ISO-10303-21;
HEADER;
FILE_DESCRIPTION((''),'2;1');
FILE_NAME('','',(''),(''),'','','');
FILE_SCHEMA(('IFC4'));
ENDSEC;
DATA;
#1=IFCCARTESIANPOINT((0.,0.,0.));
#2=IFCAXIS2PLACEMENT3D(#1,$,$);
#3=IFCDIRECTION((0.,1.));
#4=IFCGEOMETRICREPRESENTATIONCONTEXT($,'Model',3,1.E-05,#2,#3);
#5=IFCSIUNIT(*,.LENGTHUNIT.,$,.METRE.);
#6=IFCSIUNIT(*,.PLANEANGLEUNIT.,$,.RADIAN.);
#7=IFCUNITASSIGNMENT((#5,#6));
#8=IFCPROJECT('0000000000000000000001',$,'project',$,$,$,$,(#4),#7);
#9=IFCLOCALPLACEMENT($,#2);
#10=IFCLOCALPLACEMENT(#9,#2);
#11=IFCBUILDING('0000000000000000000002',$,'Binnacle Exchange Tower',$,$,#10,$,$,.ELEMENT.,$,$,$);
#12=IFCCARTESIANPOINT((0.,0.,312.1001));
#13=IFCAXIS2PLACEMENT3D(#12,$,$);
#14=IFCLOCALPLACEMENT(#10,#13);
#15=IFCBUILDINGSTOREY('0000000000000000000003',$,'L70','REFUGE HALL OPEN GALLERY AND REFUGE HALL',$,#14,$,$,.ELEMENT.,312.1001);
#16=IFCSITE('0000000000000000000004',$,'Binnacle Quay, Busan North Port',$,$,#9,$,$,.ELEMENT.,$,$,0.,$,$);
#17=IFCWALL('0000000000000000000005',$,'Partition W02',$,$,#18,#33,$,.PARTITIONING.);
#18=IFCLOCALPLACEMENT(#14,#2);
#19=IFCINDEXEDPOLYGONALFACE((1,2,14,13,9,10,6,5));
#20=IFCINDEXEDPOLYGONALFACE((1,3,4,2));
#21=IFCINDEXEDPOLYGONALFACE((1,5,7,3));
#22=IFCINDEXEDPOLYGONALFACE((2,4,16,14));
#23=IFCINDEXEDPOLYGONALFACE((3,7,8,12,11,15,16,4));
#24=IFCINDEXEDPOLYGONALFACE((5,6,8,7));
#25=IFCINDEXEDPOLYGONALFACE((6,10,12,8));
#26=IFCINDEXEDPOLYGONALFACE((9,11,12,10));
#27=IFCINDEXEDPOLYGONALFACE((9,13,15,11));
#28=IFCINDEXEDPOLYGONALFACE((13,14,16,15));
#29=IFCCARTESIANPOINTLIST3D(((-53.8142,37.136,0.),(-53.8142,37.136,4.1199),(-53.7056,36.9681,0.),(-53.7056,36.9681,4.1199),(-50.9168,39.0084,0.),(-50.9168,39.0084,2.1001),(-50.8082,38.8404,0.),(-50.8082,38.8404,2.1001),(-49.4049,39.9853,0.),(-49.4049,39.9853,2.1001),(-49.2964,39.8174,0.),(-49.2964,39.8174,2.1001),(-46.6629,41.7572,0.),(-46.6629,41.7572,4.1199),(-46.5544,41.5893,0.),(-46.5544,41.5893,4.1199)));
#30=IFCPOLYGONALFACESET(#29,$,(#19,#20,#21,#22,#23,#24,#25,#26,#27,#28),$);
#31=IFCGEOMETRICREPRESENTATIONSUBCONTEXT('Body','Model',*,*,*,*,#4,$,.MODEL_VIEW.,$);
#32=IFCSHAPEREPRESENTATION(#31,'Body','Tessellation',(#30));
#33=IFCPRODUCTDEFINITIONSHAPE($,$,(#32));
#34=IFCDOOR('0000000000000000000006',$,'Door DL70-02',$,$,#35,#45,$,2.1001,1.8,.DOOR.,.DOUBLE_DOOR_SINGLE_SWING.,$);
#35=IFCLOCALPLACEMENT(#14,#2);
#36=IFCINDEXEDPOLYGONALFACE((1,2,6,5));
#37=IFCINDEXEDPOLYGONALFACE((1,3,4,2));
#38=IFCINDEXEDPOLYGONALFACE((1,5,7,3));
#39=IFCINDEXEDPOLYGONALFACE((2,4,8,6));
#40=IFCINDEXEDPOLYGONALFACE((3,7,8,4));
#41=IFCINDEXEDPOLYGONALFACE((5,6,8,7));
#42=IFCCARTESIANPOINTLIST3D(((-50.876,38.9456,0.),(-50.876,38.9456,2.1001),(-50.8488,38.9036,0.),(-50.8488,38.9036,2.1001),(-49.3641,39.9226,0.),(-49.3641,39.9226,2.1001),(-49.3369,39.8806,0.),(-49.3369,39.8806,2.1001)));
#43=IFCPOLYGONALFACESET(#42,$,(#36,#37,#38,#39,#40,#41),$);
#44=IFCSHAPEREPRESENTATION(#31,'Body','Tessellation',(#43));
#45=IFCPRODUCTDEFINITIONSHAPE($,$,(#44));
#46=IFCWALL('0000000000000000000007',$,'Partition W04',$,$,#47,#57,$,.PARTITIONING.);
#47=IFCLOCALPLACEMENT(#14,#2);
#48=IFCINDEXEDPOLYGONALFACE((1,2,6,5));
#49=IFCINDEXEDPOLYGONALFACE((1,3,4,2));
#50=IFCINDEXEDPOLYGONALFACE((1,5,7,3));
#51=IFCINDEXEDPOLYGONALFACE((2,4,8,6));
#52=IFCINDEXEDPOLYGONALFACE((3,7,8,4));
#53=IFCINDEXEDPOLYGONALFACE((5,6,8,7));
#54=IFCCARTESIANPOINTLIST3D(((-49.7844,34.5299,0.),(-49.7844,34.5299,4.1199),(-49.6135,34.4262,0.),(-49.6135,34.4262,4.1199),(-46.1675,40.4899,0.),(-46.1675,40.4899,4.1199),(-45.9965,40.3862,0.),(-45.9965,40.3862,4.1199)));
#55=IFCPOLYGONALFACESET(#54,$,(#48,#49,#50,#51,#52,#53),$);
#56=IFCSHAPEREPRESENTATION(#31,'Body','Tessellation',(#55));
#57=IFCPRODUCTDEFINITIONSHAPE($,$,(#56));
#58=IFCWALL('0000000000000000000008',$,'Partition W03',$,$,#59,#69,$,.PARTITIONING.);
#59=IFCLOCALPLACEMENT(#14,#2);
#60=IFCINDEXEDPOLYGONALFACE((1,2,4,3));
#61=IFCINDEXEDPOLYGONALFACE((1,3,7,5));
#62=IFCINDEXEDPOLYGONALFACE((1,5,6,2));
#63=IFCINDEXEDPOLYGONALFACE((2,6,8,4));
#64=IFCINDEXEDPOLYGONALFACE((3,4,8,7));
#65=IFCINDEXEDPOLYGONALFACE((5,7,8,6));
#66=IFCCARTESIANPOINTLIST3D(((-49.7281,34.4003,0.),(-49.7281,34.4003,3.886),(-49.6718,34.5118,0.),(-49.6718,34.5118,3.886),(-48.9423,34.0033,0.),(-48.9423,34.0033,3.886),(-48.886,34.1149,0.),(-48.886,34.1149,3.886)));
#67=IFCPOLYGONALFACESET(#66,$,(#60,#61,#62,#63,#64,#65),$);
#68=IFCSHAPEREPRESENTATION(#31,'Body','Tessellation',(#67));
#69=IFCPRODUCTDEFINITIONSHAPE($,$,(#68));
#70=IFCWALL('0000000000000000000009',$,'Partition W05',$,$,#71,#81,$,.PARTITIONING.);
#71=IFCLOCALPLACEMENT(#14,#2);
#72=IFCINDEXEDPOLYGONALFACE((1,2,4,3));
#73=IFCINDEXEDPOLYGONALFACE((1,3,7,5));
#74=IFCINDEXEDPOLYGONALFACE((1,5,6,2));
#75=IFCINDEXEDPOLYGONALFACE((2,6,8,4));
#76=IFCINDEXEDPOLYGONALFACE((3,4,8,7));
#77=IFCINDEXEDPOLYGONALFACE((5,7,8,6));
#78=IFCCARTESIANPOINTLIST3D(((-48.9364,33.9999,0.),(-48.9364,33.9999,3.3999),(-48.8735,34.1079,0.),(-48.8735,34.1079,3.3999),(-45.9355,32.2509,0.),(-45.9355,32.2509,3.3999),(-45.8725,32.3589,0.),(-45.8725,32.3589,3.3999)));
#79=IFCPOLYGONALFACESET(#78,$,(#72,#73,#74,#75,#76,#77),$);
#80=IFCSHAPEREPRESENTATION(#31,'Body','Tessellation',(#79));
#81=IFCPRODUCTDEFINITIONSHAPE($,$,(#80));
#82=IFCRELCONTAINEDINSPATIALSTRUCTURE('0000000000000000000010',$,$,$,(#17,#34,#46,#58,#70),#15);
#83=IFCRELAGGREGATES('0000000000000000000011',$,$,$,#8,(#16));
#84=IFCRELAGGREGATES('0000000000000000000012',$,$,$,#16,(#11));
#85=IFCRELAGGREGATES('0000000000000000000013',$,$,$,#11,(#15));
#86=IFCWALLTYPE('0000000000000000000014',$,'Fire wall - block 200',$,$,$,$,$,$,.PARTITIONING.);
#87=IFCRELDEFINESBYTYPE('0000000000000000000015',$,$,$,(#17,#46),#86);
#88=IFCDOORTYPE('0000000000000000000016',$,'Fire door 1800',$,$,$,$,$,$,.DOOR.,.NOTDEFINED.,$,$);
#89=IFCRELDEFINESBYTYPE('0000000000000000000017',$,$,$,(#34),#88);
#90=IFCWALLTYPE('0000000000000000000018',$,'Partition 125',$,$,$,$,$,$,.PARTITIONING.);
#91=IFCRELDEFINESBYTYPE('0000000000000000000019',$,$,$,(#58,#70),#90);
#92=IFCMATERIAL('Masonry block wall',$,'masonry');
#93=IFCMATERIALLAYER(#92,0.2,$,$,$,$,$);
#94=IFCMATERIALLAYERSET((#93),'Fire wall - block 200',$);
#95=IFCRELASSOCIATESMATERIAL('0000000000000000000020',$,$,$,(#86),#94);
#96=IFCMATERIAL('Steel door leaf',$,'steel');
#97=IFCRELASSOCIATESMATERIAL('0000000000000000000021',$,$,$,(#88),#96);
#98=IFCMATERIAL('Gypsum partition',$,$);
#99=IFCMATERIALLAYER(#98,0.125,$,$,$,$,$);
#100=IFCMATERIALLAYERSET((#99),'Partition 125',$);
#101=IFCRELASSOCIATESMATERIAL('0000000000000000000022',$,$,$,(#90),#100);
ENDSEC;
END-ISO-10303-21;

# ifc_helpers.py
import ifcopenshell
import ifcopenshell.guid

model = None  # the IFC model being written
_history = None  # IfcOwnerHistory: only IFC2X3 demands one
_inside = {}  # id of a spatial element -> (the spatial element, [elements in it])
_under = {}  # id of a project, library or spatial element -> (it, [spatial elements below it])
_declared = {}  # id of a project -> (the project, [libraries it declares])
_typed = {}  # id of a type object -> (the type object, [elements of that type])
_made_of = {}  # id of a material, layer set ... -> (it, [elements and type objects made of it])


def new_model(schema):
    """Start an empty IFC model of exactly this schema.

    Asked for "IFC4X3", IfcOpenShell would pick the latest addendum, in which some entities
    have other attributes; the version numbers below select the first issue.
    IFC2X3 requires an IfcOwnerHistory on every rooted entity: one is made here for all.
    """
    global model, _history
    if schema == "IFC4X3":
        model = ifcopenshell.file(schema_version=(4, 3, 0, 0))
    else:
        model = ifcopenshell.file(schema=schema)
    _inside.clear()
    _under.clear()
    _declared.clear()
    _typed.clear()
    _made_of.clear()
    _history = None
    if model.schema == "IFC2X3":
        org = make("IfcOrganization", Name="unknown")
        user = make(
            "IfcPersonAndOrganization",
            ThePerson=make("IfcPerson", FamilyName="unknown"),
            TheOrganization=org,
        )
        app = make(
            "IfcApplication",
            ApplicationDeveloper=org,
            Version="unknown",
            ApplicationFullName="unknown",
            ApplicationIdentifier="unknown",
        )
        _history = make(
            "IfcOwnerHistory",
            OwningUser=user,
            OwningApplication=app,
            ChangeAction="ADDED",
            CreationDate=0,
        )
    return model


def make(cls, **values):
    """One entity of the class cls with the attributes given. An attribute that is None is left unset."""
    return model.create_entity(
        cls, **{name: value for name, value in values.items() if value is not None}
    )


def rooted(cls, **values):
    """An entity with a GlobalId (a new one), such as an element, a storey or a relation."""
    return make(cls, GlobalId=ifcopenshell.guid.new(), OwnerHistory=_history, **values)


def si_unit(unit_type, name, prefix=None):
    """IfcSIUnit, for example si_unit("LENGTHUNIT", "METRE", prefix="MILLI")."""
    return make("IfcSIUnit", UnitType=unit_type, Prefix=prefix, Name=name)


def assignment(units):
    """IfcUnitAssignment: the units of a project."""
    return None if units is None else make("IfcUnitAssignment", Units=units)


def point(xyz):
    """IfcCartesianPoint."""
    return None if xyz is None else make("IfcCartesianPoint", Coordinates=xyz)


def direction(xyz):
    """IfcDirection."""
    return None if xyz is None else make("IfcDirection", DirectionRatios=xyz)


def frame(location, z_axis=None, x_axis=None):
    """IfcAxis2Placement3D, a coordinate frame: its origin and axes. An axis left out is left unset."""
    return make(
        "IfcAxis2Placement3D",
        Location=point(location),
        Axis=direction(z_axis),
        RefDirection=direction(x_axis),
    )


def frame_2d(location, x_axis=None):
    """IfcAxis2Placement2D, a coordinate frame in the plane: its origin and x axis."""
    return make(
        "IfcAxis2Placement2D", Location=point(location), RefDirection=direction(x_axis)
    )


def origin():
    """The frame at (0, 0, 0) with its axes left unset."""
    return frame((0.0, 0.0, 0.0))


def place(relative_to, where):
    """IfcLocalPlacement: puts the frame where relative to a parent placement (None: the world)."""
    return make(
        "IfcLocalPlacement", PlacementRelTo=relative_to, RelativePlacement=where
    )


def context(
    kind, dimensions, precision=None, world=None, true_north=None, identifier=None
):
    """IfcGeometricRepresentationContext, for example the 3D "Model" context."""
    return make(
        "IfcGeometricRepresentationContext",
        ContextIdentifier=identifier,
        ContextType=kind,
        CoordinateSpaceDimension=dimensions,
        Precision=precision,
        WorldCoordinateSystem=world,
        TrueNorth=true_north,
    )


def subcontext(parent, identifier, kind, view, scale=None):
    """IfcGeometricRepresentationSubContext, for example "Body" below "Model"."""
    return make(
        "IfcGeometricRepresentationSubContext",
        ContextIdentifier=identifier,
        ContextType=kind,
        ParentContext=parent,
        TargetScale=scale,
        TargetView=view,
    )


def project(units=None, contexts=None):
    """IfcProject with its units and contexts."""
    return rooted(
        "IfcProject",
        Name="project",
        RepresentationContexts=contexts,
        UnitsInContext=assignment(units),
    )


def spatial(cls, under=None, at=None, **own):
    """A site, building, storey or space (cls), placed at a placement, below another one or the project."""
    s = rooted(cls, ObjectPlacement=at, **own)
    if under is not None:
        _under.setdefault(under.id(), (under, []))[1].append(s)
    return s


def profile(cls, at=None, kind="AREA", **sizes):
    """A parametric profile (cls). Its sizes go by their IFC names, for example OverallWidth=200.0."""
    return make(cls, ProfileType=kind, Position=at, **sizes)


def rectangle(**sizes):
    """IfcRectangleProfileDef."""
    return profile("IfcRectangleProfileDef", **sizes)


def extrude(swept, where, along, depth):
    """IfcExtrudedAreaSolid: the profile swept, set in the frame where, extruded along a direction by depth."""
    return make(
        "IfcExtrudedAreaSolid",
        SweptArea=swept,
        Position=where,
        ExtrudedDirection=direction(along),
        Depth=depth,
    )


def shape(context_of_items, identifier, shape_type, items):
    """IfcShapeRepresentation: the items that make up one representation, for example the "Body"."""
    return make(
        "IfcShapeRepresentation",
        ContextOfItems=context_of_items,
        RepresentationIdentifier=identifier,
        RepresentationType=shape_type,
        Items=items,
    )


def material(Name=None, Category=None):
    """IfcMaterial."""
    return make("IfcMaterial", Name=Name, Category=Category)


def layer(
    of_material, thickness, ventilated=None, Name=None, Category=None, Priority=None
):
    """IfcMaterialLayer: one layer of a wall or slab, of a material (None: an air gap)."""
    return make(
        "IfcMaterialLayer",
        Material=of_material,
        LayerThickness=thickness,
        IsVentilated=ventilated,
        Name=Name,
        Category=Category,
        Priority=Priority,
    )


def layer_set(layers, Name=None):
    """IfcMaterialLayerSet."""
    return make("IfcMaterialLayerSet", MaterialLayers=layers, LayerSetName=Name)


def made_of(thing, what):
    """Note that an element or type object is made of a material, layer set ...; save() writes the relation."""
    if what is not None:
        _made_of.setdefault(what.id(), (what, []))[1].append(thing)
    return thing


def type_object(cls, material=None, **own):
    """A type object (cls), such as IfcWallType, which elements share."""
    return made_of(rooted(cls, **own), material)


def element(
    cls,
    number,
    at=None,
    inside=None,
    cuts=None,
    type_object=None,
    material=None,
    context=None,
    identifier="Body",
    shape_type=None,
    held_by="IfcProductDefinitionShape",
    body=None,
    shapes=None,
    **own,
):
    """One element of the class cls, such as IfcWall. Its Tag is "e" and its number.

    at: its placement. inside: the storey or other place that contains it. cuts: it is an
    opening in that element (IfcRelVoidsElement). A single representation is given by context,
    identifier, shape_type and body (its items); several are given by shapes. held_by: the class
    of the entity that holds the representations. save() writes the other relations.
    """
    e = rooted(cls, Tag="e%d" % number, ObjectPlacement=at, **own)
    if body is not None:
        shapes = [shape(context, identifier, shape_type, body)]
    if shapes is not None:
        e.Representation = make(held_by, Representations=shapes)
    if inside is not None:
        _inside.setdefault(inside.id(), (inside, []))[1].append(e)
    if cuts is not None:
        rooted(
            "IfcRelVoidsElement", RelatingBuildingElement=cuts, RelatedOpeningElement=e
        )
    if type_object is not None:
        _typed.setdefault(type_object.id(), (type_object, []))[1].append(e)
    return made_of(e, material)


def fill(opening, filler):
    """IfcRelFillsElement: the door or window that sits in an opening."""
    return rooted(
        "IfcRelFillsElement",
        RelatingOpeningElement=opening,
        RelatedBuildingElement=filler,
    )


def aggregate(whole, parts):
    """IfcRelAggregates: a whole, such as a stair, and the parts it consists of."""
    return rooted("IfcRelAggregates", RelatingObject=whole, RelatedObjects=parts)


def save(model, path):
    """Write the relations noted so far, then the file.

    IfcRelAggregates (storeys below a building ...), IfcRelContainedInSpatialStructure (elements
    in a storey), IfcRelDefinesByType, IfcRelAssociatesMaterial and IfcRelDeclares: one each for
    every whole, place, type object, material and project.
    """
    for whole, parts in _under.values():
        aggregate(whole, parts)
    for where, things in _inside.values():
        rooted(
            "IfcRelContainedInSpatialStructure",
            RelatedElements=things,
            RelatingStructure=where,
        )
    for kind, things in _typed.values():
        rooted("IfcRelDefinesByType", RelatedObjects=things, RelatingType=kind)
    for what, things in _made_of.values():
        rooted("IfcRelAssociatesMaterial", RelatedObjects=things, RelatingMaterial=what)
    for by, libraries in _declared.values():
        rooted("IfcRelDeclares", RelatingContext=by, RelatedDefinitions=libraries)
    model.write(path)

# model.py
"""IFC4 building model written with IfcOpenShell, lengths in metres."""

from ifc_helpers import new_model, si_unit, direction, frame, frame_2d, origin, place, context, subcontext, project, spatial, rectangle, extrude, material, layer, layer_set, type_object, element, fill, save


model = new_model("IFC4")

# Units and contexts
model_context = context("Model", 3, precision=1e-05, world=origin(), true_north=direction((0.0, 1.0)))
body_context = subcontext(model_context, "Body", "Model", "MODEL_VIEW")
ifc_project = project(units=[si_unit("LENGTHUNIT", "METRE"), si_unit("PLANEANGLEUNIT", "RADIAN")], contexts=[model_context])

# Site, building, storey
site_placement = place(None, origin())
site = spatial("IfcSite", under=ifc_project, at=site_placement, Name="Binnacle Quay, Busan North Port", CompositionType="ELEMENT", RefElevation=0.0)
building_placement = place(site_placement, origin())
building = spatial("IfcBuilding", under=site, at=building_placement, Name="Binnacle Exchange Tower", CompositionType="ELEMENT")
storey_placement = place(building_placement, frame((0.0, 0.0, 312.1001)))
storey = spatial("IfcBuildingStorey", under=building, at=storey_placement, Name="L70", Description="REFUGE HALL OPEN GALLERY AND REFUGE HALL", CompositionType="ELEMENT", Elevation=312.1001)

# Shared definitions
ifc_material_1 = material(Name="Masonry block wall", Category="masonry")
ifc_layer_1 = layer(ifc_material_1, 0.2)
ifc_layer_set_1 = layer_set([ifc_layer_1], Name="Fire wall - block 200")
wall_type_1 = type_object("IfcWallType", Name="Fire wall - block 200", PredefinedType="PARTITIONING", material=ifc_layer_set_1)

# Wall, opening, door
wall_1_placement = place(storey_placement, frame((-53.76, 37.052, 0.0), z_axis=(0.0, 0.0, 1.0), x_axis=(0.839897, 0.542746, 0.0)))
wall_1 = element("IfcWall", 1, at=wall_1_placement, inside=storey, type_object=wall_type_1, Name="Partition W02", PredefinedType="PARTITIONING", context=body_context, shape_type="SweptSolid", body=[
    extrude(rectangle(XDim=8.5144, YDim=0.2, at=frame_2d((4.2573, 0.0))), origin(), (0.0, 0.0, 1.0), 4.1199),
])
opening_placement = place(wall_1_placement, frame((3.45, 0.0, 0.0)))
opening = element("IfcOpeningElement", 2, at=opening_placement, cuts=wall_1, PredefinedType="OPENING", context=body_context, shape_type="SweptSolid", body=[
    extrude(rectangle(XDim=1.8, YDim=2.1001, at=frame_2d((0.8999, 1.05))), frame((0.0, 0.1099, 0.0), z_axis=(0.0, -1.0, 0.0), x_axis=(1.0, 0.0, 0.0)), (0.0, 0.0, 1.0), 0.22),
])
ifc_material_2 = material(Name="Steel door leaf", Category="steel")
door_type = type_object("IfcDoorType", Name="Fire door 1800", OperationType="NOTDEFINED", PredefinedType="DOOR", material=ifc_material_2)
door_placement = place(opening_placement, frame((1.8, 0.0, 0.0), z_axis=(0.0, 0.0, 1.0), x_axis=(-1.0, 0.0, 0.0)))
door = element("IfcDoor", 3, at=door_placement, inside=storey, type_object=door_type, Name="Door DL70-02", OperationType="DOUBLE_DOOR_SINGLE_SWING", OverallHeight=2.1001, OverallWidth=1.8, PredefinedType="DOOR", context=body_context, shape_type="SweptSolid", body=[
    extrude(rectangle(XDim=1.8, YDim=2.1001, at=frame_2d((0.8999, 1.05))), frame((0.0, 0.0249, 0.0), z_axis=(0.0, -1.0, 0.0), x_axis=(1.0, 0.0, 0.0)), (0.0, 0.0, 1.0), 0.05),
])
fill(opening, door)

# Walls
wall_2_placement = place(storey_placement, frame((-49.699, 34.478, 0.0), z_axis=(0.0, 0.0, 1.0), x_axis=(0.51881, 0.85489, 0.0)))
element("IfcWall", 4, at=wall_2_placement, inside=storey, type_object=wall_type_1, Name="Partition W04", PredefinedType="PARTITIONING", context=body_context, shape_type="SweptSolid", body=[
    extrude(rectangle(XDim=6.9717, YDim=0.2, at=frame_2d((3.4858, 0.0))), origin(), (0.0, 0.0, 1.0), 4.1199),
])
ifc_material_3 = material(Name="Gypsum partition")
ifc_layer_2 = layer(ifc_material_3, 0.125)
ifc_layer_set_2 = layer_set([ifc_layer_2], Name="Partition 125")
wall_type_2 = type_object("IfcWallType", Name="Partition 125", PredefinedType="PARTITIONING", material=ifc_layer_set_2)
wall_3_placement = place(storey_placement, frame((-49.7, 34.4561, 0.0), z_axis=(0.0, 0.0, 1.0), x_axis=(0.89259, -0.45087, 0.0)))
element("IfcWall", 5, at=wall_3_placement, inside=storey, type_object=wall_type_2, Name="Partition W03", PredefinedType="PARTITIONING", context=body_context, shape_type="SweptSolid", body=[
    extrude(rectangle(XDim=0.8804, YDim=0.125, at=frame_2d((0.4402, 0.0))), origin(), (0.0, 0.0, 1.0), 3.886),
])
wall_4_placement = place(storey_placement, frame((-48.905, 34.054, 0.0), z_axis=(0.0, 0.0, 1.0), x_axis=(0.863973, -0.503539, 0.0)))
element("IfcWall", 6, at=wall_4_placement, inside=storey, type_object=wall_type_2, Name="Partition W05", PredefinedType="PARTITIONING", context=body_context, shape_type="SweptSolid", body=[
    extrude(rectangle(XDim=3.4734, YDim=0.125, at=frame_2d((1.7368, 0.0))), origin(), (0.0, 0.0, 1.0), 3.3999),
])

save(model, "model.ifc")
